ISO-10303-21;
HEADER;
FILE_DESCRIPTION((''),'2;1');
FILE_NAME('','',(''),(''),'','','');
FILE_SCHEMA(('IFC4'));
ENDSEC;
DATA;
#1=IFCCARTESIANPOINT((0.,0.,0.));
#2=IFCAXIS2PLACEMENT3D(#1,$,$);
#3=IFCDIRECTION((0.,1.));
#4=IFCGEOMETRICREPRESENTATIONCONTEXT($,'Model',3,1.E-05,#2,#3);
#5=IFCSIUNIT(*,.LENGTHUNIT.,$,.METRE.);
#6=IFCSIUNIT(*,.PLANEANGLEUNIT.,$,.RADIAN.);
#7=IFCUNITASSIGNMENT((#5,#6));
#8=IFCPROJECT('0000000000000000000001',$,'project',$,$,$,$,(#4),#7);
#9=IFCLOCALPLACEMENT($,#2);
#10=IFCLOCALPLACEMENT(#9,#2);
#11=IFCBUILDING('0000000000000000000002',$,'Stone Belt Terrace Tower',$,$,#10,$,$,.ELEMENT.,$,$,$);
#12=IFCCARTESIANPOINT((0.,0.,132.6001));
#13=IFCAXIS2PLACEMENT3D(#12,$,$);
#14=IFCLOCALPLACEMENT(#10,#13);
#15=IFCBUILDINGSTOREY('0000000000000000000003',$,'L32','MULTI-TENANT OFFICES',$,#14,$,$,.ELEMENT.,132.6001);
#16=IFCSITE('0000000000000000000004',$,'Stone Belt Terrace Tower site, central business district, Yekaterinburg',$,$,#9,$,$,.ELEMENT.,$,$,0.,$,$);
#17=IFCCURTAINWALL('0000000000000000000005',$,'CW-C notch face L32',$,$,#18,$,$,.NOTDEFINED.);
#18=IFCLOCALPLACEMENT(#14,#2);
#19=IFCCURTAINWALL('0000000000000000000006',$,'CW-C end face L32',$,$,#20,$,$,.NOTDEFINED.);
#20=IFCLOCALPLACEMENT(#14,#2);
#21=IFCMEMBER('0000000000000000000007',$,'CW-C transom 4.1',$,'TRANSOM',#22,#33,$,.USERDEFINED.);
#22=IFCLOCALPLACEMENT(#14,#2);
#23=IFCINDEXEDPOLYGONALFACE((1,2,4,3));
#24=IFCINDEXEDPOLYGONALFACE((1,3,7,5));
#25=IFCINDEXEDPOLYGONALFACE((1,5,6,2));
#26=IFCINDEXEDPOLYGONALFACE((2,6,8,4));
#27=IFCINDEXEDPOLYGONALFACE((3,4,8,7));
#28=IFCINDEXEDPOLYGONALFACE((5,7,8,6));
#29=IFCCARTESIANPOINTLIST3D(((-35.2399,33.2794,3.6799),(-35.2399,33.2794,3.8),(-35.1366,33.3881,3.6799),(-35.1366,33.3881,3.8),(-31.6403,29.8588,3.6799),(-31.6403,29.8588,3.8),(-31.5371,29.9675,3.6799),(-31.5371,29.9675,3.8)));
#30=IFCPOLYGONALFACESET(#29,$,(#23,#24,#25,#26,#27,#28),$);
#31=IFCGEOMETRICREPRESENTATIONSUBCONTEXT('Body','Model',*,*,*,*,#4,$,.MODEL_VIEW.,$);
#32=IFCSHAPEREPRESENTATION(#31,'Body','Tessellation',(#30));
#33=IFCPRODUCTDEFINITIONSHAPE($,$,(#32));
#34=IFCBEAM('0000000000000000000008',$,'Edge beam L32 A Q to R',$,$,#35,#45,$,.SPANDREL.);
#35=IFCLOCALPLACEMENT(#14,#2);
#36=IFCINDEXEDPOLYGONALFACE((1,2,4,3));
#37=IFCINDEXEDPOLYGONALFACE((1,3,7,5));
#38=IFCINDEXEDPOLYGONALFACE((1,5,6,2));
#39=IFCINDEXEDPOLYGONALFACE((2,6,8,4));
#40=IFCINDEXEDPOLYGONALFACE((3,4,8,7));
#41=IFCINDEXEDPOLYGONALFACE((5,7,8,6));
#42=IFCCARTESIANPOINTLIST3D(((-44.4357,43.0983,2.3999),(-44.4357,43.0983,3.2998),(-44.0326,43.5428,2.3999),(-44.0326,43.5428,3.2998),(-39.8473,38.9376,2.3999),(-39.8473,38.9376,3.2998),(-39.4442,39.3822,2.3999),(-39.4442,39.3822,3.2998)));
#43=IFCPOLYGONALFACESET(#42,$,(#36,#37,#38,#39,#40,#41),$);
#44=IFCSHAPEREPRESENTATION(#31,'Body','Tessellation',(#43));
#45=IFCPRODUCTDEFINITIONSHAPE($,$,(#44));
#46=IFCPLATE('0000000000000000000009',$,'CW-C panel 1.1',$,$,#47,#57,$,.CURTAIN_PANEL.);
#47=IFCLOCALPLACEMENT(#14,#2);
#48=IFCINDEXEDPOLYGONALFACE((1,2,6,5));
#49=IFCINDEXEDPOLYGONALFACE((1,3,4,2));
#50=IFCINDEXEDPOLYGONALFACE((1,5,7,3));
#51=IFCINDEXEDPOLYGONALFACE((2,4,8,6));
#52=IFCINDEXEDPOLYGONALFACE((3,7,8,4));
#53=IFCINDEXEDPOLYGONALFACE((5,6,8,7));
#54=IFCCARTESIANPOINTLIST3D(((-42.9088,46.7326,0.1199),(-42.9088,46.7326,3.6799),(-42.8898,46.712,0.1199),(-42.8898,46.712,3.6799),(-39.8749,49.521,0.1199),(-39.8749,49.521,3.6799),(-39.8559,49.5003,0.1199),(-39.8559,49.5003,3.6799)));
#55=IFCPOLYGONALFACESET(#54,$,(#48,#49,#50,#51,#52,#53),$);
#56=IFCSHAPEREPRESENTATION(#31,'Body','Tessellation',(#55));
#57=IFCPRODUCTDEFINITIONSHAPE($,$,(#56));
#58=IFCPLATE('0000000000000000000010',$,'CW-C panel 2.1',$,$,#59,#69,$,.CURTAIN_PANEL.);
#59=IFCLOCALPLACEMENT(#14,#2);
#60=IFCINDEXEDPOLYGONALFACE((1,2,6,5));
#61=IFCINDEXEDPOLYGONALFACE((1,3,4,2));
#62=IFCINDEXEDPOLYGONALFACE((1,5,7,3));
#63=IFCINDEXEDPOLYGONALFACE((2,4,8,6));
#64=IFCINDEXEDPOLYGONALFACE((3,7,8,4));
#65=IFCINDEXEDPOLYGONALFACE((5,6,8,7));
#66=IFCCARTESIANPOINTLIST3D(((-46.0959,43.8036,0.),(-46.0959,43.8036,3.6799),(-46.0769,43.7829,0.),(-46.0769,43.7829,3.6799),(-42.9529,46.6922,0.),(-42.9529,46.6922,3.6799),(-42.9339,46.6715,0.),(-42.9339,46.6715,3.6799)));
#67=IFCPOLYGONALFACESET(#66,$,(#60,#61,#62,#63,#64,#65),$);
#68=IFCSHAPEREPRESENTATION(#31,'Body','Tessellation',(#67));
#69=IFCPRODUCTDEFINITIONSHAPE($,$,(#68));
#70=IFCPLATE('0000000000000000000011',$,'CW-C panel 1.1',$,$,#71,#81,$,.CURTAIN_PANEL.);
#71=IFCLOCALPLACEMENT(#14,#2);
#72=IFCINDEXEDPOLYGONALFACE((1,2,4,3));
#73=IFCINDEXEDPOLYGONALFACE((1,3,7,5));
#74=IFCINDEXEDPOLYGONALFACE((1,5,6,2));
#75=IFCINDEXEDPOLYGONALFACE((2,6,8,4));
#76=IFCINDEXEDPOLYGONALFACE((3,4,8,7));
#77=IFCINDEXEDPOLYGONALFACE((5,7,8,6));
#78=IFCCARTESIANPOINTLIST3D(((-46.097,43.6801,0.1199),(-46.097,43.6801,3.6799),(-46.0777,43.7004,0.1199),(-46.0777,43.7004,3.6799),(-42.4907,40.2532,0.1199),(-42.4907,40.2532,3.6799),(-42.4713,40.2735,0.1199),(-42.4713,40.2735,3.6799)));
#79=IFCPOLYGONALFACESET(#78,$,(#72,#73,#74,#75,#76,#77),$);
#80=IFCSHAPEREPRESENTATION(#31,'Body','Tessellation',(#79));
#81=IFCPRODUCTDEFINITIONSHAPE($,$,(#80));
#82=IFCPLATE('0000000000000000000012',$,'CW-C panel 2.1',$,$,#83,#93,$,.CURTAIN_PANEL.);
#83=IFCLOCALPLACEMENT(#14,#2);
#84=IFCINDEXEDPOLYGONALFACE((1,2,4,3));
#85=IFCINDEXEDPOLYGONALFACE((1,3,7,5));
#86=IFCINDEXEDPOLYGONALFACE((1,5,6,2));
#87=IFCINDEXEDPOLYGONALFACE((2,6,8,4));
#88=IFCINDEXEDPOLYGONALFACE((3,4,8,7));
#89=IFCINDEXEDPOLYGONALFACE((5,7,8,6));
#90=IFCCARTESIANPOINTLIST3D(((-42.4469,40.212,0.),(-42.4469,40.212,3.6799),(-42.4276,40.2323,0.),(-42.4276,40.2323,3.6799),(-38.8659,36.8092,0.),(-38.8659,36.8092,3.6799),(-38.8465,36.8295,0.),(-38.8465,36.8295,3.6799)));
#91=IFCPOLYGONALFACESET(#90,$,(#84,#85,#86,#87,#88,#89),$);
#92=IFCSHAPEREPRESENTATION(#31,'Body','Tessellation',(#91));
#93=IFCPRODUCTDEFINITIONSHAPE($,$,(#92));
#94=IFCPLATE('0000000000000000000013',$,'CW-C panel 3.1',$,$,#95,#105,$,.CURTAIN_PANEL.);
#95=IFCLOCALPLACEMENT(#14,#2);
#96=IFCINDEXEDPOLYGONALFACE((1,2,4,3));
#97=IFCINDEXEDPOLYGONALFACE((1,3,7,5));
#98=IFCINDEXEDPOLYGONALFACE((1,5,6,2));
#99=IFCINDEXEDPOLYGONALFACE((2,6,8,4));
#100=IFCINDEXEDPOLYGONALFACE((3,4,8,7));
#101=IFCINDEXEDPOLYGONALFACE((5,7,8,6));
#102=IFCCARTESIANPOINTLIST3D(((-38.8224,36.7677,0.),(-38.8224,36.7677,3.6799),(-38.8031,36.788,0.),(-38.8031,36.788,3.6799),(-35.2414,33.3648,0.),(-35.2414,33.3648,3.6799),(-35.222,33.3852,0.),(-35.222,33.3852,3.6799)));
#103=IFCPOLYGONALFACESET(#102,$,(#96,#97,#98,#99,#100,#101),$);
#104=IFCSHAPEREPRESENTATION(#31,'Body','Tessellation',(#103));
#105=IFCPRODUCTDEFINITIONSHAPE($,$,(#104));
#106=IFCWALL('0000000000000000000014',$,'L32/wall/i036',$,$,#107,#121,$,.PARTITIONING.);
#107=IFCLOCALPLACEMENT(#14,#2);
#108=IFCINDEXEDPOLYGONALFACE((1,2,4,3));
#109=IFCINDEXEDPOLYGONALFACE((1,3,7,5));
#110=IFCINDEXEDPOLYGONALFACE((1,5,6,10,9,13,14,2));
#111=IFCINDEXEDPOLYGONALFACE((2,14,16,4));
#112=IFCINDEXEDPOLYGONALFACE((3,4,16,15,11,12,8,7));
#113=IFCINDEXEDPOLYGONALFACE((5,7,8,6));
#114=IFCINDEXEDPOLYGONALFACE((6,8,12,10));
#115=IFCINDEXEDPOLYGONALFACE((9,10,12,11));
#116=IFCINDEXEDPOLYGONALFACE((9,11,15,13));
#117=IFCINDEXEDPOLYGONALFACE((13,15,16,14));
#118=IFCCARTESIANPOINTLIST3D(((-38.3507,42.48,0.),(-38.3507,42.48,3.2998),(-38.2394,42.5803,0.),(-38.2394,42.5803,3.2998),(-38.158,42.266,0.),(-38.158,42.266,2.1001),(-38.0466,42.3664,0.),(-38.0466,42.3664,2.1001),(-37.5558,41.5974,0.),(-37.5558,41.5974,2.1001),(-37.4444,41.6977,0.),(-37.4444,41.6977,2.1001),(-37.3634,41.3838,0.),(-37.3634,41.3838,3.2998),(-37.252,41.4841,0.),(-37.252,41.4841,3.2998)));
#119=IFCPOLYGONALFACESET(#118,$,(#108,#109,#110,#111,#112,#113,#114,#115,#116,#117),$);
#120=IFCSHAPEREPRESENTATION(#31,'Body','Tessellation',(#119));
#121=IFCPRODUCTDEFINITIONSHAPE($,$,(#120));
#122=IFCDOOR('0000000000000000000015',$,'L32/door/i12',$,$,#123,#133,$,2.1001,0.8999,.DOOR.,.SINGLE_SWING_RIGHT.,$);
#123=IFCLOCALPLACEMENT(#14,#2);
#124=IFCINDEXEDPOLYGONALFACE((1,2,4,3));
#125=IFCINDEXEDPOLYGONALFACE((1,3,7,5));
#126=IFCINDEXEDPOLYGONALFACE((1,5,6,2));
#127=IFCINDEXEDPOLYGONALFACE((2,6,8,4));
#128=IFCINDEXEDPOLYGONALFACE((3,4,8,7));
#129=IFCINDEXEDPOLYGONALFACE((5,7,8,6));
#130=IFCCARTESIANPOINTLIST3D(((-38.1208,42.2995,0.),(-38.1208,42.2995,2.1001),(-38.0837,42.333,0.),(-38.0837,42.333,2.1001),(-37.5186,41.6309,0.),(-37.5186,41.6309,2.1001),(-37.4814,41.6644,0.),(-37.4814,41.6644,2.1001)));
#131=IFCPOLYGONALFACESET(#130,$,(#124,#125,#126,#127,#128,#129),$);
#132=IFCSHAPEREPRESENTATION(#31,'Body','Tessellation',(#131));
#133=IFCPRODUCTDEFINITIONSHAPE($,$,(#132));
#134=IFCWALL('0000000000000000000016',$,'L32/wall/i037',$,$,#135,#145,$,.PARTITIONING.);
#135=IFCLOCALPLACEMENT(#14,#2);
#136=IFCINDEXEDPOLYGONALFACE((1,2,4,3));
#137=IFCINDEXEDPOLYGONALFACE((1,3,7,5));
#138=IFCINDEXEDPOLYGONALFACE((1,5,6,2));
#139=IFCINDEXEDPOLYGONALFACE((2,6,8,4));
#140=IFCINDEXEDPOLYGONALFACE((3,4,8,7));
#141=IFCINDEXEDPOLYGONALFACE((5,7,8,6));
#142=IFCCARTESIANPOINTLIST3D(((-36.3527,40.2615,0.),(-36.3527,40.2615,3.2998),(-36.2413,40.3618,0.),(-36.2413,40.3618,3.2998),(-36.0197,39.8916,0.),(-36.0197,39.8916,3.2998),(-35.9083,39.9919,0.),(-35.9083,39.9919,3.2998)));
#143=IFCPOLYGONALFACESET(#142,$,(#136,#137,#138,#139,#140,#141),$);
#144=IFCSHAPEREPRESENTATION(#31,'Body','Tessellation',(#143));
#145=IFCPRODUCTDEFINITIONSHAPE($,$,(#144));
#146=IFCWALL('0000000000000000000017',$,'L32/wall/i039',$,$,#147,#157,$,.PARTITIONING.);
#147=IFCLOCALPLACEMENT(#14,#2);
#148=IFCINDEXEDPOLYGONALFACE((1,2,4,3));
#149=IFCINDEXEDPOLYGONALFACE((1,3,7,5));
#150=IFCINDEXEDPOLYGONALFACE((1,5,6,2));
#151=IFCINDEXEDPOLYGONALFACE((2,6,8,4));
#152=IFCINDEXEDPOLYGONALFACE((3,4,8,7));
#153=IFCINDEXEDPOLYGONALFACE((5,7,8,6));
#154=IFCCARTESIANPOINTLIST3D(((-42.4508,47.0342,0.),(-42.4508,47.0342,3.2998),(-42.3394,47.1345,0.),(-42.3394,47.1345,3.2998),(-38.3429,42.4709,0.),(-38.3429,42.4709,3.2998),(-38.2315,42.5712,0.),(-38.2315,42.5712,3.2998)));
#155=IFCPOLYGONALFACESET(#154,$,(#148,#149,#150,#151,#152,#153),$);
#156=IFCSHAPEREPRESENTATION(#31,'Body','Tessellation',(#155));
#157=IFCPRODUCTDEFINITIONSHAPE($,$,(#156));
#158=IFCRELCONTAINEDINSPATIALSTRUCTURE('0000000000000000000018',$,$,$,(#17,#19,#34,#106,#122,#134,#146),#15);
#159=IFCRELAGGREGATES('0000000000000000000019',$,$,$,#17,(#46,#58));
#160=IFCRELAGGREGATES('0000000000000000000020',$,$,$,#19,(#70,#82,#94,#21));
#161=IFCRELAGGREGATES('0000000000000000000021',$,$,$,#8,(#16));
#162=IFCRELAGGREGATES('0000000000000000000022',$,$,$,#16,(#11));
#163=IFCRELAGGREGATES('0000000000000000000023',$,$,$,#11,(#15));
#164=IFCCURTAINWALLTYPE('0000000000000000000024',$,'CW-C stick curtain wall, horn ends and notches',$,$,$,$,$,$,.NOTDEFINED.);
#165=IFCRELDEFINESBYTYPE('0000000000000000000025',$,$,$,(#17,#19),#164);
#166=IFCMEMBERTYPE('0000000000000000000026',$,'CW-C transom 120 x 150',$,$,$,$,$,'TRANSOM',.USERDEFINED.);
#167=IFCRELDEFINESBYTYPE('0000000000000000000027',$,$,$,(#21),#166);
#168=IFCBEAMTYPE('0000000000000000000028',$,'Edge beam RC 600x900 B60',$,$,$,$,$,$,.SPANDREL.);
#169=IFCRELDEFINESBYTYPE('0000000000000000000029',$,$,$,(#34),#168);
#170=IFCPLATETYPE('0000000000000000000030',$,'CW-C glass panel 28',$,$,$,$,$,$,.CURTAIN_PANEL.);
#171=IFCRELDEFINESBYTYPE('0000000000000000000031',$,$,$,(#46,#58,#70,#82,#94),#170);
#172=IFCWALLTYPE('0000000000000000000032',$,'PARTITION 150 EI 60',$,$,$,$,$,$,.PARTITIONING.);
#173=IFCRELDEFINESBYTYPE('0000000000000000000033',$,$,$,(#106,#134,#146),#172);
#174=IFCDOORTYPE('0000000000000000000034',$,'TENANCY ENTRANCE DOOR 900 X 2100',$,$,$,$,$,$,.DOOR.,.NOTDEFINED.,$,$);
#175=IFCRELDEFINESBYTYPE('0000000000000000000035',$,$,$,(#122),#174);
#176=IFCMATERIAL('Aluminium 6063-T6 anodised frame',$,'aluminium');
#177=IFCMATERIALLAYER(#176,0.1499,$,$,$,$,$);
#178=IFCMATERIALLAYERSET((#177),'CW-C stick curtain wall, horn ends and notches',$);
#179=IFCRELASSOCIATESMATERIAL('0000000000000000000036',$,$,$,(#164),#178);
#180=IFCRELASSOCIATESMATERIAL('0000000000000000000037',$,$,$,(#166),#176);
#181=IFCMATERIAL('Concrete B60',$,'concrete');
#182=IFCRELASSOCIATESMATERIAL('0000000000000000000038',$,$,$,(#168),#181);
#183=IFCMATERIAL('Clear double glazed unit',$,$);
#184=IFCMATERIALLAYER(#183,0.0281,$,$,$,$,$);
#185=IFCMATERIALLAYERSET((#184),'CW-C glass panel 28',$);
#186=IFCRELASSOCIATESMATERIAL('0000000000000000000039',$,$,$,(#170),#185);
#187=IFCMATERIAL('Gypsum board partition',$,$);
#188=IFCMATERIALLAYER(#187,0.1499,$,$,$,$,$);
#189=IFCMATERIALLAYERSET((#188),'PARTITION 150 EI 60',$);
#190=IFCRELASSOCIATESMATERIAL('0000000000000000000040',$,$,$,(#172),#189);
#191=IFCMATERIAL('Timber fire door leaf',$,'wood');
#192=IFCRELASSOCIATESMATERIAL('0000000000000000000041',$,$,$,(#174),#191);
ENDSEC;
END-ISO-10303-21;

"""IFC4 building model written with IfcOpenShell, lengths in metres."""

from ifc_helpers import new_model, si_unit, direction, frame, frame_2d, origin, origin_2d, place, context, subcontext, project, spatial, rectangle, extrude, material, layer, layer_set, material_profile, profile_set, type_object, element, fill, aggregate, save


model = new_model("IFC4")

# Units and contexts
model_context = context("Model", 3, precision=1e-05, world=origin(), true_north=direction((0.0, 1.0)))
body_context = subcontext(model_context, "Body", "Model", "MODEL_VIEW")
ifc_project = project(units=[si_unit("LENGTHUNIT", "METRE"), si_unit("PLANEANGLEUNIT", "RADIAN")], contexts=[model_context])

# Site, building, storey
site_placement = place(None, origin())
site = spatial("IfcSite", under=ifc_project, at=site_placement, Name="Stone Belt Terrace Tower site, central business district, Yekaterinburg", CompositionType="ELEMENT", RefElevation=0.0)
building_placement = place(site_placement, origin())
building = spatial("IfcBuilding", under=site, at=building_placement, Name="Stone Belt Terrace Tower", CompositionType="ELEMENT")
storey_placement = place(building_placement, frame((0.0, 0.0, 132.6001)))
storey = spatial("IfcBuildingStorey", under=building, at=storey_placement, Name="L32", Description="MULTI-TENANT OFFICES", CompositionType="ELEMENT", Elevation=132.6001)

# Curtain wall
ifc_material_1 = material(Name="Aluminium 6063-T6 anodised frame", Category="aluminium")
ifc_layer_1 = layer(ifc_material_1, 0.1499)
ifc_layer_set_1 = layer_set([ifc_layer_1], Name="CW-C stick curtain wall, horn ends and notches")
curtain_wall_type = type_object("IfcCurtainWallType", Name="CW-C stick curtain wall, horn ends and notches", PredefinedType="NOTDEFINED", material=ifc_layer_set_1)
curtain_wall_1_placement = place(storey_placement, origin())
curtain_wall_1 = element("IfcCurtainWall", 1, at=curtain_wall_1_placement, inside=storey, type_object=curtain_wall_type, Name="CW-C notch face L32", PredefinedType="NOTDEFINED")

# Curtain wall
curtain_wall_2_placement = place(storey_placement, origin())
curtain_wall_2 = element("IfcCurtainWall", 2, at=curtain_wall_2_placement, inside=storey, type_object=curtain_wall_type, Name="CW-C end face L32", PredefinedType="NOTDEFINED")

# Member
ifc_material_profile_1 = material_profile(ifc_material_1, rectangle(XDim=0.1499, YDim=0.1201, at=origin_2d()), Name="Aluminium 6063-T6 150x120")
ifc_profile_set_1 = profile_set([ifc_material_profile_1], Name="Aluminium 6063-T6 anodised frame")
member_type_1 = type_object("IfcMemberType", Name="CW-C transom 120 x 150", ElementType="TRANSOM", PredefinedType="USERDEFINED", material=ifc_profile_set_1)
member_1_placement = place(storey_placement, frame((-35.1882, 33.3337, 3.74), z_axis=(0.724896, -0.688858, 0.0), x_axis=(0.688858, 0.724896, 0.0)))
member_1 = element("IfcMember", 3, at=member_1_placement, type_object=member_type_1, Name="CW-C transom 4.1", ObjectType="TRANSOM", PredefinedType="USERDEFINED", context=body_context, shape_type="SweptSolid", body=[
    extrude(rectangle(XDim=0.1499, YDim=0.1201, at=origin_2d()), origin(), (0.0, 0.0, 1.0), 4.9656),
])

# Beam
ifc_material_2 = material(Name="Concrete B60", Category="concrete")
ifc_material_profile_2 = material_profile(ifc_material_2, rectangle(XDim=0.6001, YDim=0.8999, at=origin_2d()), Name="RC 600x900")
ifc_profile_set_2 = profile_set([ifc_material_profile_2], Name="Concrete B60")
beam_type = type_object("IfcBeamType", Name="Edge beam RC 600x900 B60", PredefinedType="SPANDREL", material=ifc_profile_set_2)
beam_placement = place(storey_placement, frame((-39.6458, 39.1599, 2.8499), z_axis=(-0.740792, 0.671734, 0.0), x_axis=(-0.671734, -0.740792, 0.0)))
element("IfcBeam", 4, at=beam_placement, inside=storey, type_object=beam_type, Name="Edge beam L32 A Q to R", PredefinedType="SPANDREL", context=body_context, shape_type="SweptSolid", body=[
    extrude(rectangle(XDim=0.6001, YDim=0.8999, at=origin_2d()), origin(), (0.0, 0.0, 1.0), 6.1938),
])

# Plates
ifc_material_3 = material(Name="Clear double glazed unit")
ifc_layer_2 = layer(ifc_material_3, 0.0281)
ifc_layer_set_2 = layer_set([ifc_layer_2], Name="CW-C glass panel 28")
plate_type = type_object("IfcPlateType", Name="CW-C glass panel 28", PredefinedType="CURTAIN_PANEL", material=ifc_layer_set_2)
plate_1_placement = place(storey_placement, frame((-41.3823, 48.1165, 0.1199), z_axis=(0.0, 0.0, 1.0), x_axis=(-0.73628, -0.676677, 0.0)))
plate_1 = element("IfcPlate", 5, at=plate_1_placement, type_object=plate_type, Name="CW-C panel 1.1", PredefinedType="CURTAIN_PANEL", context=body_context, shape_type="SweptSolid", body=[
    extrude(rectangle(XDim=4.1206, YDim=0.0281, at=origin_2d()), origin(), (0.0, 0.0, 1.0), 3.5601),
])
plate_2_placement = place(storey_placement, frame((-44.5149, 45.2375, 0.0), z_axis=(0.0, 0.0, 1.0), x_axis=(-0.73628, -0.676677, 0.0)))
plate_2 = element("IfcPlate", 6, at=plate_2_placement, type_object=plate_type, Name="CW-C panel 2.1", PredefinedType="CURTAIN_PANEL", context=body_context, shape_type="SweptSolid", body=[
    extrude(rectangle(XDim=4.2688, YDim=0.0281, at=origin_2d()), origin(), (0.0, 0.0, 1.0), 3.6799),
])
aggregate(curtain_wall_1, [plate_1, plate_2])
plate_3_placement = place(storey_placement, frame((-44.2842, 41.9768, 0.1199), z_axis=(0.0, 0.0, 1.0), x_axis=(0.724914, -0.68884, 0.0)))
plate_3 = element("IfcPlate", 7, at=plate_3_placement, type_object=plate_type, Name="CW-C panel 1.1", PredefinedType="CURTAIN_PANEL", context=body_context, shape_type="SweptSolid", body=[
    extrude(rectangle(XDim=4.9749, YDim=0.0281, at=origin_2d()), origin(), (0.0, 0.0, 1.0), 3.5601),
])
plate_4_placement = place(storey_placement, frame((-40.6467, 38.5208, 0.0), z_axis=(0.0, 0.0, 1.0), x_axis=(0.724914, -0.68884, 0.0)))
plate_4 = element("IfcPlate", 8, at=plate_4_placement, type_object=plate_type, Name="CW-C panel 2.1", PredefinedType="CURTAIN_PANEL", context=body_context, shape_type="SweptSolid", body=[
    extrude(rectangle(XDim=4.9399, YDim=0.0281, at=origin_2d()), origin(), (0.0, 0.0, 1.0), 3.6799),
])
plate_5_placement = place(storey_placement, frame((-37.0222, 35.0764, 0.0), z_axis=(0.0, 0.0, 1.0), x_axis=(0.724914, -0.68884, 0.0)))
plate_5 = element("IfcPlate", 9, at=plate_5_placement, type_object=plate_type, Name="CW-C panel 3.1", PredefinedType="CURTAIN_PANEL", context=body_context, shape_type="SweptSolid", body=[
    extrude(rectangle(XDim=4.9399, YDim=0.0281, at=origin_2d()), origin(), (0.0, 0.0, 1.0), 3.6799),
])
aggregate(curtain_wall_2, [plate_3, plate_4, plate_5, member_1])

# Wall, opening, door
ifc_material_4 = material(Name="Gypsum board partition")
ifc_layer_3 = layer(ifc_material_4, 0.1499)
ifc_layer_set_3 = layer_set([ifc_layer_3], Name="PARTITION 150 EI 60")
wall_type = type_object("IfcWallType", Name="PARTITION 150 EI 60", PredefinedType="PARTITIONING", material=ifc_layer_set_3)
wall_1_placement = place(storey_placement, frame((-37.3076, 41.4338, 0.0), z_axis=(0.0, 0.0, 1.0), x_axis=(-0.669239, 0.743047, 0.0)))
wall_1 = element("IfcWall", 10, at=wall_1_placement, inside=storey, type_object=wall_type, Name="L32/wall/i036", PredefinedType="PARTITIONING", context=body_context, shape_type="SweptSolid", body=[
    extrude(rectangle(XDim=1.4753, YDim=0.1499, at=frame_2d((0.7378, 0.0))), origin(), (0.0, 0.0, 1.0), 3.2998),
])
opening_1_placement = place(wall_1_placement, frame((0.2876, 0.0, 0.0)))
opening_1 = element("IfcOpeningElement", 11, at=opening_1_placement, cuts=wall_1, PredefinedType="OPENING", context=body_context, shape_type="SweptSolid", body=[
    extrude(rectangle(XDim=0.8999, YDim=2.1001, at=frame_2d((0.45, 1.05))), frame((0.0, 0.085, 0.0), z_axis=(0.0, -1.0, 0.0), x_axis=(1.0, 0.0, 0.0)), (0.0, 0.0, 1.0), 0.1699),
])
ifc_material_5 = material(Name="Timber fire door leaf", Category="wood")
door_type_1 = type_object("IfcDoorType", Name="TENANCY ENTRANCE DOOR 900 X 2100", OperationType="NOTDEFINED", PredefinedType="DOOR", material=ifc_material_5)
door_1_placement = place(opening_1_placement, origin())
door_1 = element("IfcDoor", 12, at=door_1_placement, inside=storey, type_object=door_type_1, Name="L32/door/i12", OperationType="SINGLE_SWING_RIGHT", OverallHeight=2.1001, OverallWidth=0.8999, PredefinedType="DOOR", context=body_context, shape_type="SweptSolid", body=[
    extrude(rectangle(XDim=0.8999, YDim=2.1001, at=frame_2d((0.45, 1.05))), frame((0.0, 0.0249, 0.0), z_axis=(0.0, -1.0, 0.0), x_axis=(1.0, 0.0, 0.0)), (0.0, 0.0, 1.0), 0.05),
])
fill(opening_1, door_1)

# Walls
wall_2_placement = place(storey_placement, frame((-36.2971, 40.3118, 0.0), z_axis=(0.0, 0.0, 1.0), x_axis=(0.6691, -0.743172, 0.0)))
element("IfcWall", 13, at=wall_2_placement, inside=storey, type_object=wall_type, Name="L32/wall/i037", PredefinedType="PARTITIONING", context=body_context, shape_type="SweptSolid", body=[
    extrude(rectangle(XDim=0.4978, YDim=0.1499, at=frame_2d((0.249, 0.0))), origin(), (0.0, 0.0, 1.0), 3.2998),
])
wall_3_placement = place(storey_placement, frame((-42.395, 47.0842, 0.0), z_axis=(0.0, 0.0, 1.0), x_axis=(0.669055, -0.743213, 0.0)))
element("IfcWall", 14, at=wall_3_placement, inside=storey, type_object=wall_type, Name="L32/wall/i039", PredefinedType="PARTITIONING", context=body_context, shape_type="SweptSolid", body=[
    extrude(rectangle(XDim=6.1399, YDim=0.1499, at=frame_2d((3.0698, 0.0))), origin(), (0.0, 0.0, 1.0), 3.2998),
])

save(model, "model.ifc")
